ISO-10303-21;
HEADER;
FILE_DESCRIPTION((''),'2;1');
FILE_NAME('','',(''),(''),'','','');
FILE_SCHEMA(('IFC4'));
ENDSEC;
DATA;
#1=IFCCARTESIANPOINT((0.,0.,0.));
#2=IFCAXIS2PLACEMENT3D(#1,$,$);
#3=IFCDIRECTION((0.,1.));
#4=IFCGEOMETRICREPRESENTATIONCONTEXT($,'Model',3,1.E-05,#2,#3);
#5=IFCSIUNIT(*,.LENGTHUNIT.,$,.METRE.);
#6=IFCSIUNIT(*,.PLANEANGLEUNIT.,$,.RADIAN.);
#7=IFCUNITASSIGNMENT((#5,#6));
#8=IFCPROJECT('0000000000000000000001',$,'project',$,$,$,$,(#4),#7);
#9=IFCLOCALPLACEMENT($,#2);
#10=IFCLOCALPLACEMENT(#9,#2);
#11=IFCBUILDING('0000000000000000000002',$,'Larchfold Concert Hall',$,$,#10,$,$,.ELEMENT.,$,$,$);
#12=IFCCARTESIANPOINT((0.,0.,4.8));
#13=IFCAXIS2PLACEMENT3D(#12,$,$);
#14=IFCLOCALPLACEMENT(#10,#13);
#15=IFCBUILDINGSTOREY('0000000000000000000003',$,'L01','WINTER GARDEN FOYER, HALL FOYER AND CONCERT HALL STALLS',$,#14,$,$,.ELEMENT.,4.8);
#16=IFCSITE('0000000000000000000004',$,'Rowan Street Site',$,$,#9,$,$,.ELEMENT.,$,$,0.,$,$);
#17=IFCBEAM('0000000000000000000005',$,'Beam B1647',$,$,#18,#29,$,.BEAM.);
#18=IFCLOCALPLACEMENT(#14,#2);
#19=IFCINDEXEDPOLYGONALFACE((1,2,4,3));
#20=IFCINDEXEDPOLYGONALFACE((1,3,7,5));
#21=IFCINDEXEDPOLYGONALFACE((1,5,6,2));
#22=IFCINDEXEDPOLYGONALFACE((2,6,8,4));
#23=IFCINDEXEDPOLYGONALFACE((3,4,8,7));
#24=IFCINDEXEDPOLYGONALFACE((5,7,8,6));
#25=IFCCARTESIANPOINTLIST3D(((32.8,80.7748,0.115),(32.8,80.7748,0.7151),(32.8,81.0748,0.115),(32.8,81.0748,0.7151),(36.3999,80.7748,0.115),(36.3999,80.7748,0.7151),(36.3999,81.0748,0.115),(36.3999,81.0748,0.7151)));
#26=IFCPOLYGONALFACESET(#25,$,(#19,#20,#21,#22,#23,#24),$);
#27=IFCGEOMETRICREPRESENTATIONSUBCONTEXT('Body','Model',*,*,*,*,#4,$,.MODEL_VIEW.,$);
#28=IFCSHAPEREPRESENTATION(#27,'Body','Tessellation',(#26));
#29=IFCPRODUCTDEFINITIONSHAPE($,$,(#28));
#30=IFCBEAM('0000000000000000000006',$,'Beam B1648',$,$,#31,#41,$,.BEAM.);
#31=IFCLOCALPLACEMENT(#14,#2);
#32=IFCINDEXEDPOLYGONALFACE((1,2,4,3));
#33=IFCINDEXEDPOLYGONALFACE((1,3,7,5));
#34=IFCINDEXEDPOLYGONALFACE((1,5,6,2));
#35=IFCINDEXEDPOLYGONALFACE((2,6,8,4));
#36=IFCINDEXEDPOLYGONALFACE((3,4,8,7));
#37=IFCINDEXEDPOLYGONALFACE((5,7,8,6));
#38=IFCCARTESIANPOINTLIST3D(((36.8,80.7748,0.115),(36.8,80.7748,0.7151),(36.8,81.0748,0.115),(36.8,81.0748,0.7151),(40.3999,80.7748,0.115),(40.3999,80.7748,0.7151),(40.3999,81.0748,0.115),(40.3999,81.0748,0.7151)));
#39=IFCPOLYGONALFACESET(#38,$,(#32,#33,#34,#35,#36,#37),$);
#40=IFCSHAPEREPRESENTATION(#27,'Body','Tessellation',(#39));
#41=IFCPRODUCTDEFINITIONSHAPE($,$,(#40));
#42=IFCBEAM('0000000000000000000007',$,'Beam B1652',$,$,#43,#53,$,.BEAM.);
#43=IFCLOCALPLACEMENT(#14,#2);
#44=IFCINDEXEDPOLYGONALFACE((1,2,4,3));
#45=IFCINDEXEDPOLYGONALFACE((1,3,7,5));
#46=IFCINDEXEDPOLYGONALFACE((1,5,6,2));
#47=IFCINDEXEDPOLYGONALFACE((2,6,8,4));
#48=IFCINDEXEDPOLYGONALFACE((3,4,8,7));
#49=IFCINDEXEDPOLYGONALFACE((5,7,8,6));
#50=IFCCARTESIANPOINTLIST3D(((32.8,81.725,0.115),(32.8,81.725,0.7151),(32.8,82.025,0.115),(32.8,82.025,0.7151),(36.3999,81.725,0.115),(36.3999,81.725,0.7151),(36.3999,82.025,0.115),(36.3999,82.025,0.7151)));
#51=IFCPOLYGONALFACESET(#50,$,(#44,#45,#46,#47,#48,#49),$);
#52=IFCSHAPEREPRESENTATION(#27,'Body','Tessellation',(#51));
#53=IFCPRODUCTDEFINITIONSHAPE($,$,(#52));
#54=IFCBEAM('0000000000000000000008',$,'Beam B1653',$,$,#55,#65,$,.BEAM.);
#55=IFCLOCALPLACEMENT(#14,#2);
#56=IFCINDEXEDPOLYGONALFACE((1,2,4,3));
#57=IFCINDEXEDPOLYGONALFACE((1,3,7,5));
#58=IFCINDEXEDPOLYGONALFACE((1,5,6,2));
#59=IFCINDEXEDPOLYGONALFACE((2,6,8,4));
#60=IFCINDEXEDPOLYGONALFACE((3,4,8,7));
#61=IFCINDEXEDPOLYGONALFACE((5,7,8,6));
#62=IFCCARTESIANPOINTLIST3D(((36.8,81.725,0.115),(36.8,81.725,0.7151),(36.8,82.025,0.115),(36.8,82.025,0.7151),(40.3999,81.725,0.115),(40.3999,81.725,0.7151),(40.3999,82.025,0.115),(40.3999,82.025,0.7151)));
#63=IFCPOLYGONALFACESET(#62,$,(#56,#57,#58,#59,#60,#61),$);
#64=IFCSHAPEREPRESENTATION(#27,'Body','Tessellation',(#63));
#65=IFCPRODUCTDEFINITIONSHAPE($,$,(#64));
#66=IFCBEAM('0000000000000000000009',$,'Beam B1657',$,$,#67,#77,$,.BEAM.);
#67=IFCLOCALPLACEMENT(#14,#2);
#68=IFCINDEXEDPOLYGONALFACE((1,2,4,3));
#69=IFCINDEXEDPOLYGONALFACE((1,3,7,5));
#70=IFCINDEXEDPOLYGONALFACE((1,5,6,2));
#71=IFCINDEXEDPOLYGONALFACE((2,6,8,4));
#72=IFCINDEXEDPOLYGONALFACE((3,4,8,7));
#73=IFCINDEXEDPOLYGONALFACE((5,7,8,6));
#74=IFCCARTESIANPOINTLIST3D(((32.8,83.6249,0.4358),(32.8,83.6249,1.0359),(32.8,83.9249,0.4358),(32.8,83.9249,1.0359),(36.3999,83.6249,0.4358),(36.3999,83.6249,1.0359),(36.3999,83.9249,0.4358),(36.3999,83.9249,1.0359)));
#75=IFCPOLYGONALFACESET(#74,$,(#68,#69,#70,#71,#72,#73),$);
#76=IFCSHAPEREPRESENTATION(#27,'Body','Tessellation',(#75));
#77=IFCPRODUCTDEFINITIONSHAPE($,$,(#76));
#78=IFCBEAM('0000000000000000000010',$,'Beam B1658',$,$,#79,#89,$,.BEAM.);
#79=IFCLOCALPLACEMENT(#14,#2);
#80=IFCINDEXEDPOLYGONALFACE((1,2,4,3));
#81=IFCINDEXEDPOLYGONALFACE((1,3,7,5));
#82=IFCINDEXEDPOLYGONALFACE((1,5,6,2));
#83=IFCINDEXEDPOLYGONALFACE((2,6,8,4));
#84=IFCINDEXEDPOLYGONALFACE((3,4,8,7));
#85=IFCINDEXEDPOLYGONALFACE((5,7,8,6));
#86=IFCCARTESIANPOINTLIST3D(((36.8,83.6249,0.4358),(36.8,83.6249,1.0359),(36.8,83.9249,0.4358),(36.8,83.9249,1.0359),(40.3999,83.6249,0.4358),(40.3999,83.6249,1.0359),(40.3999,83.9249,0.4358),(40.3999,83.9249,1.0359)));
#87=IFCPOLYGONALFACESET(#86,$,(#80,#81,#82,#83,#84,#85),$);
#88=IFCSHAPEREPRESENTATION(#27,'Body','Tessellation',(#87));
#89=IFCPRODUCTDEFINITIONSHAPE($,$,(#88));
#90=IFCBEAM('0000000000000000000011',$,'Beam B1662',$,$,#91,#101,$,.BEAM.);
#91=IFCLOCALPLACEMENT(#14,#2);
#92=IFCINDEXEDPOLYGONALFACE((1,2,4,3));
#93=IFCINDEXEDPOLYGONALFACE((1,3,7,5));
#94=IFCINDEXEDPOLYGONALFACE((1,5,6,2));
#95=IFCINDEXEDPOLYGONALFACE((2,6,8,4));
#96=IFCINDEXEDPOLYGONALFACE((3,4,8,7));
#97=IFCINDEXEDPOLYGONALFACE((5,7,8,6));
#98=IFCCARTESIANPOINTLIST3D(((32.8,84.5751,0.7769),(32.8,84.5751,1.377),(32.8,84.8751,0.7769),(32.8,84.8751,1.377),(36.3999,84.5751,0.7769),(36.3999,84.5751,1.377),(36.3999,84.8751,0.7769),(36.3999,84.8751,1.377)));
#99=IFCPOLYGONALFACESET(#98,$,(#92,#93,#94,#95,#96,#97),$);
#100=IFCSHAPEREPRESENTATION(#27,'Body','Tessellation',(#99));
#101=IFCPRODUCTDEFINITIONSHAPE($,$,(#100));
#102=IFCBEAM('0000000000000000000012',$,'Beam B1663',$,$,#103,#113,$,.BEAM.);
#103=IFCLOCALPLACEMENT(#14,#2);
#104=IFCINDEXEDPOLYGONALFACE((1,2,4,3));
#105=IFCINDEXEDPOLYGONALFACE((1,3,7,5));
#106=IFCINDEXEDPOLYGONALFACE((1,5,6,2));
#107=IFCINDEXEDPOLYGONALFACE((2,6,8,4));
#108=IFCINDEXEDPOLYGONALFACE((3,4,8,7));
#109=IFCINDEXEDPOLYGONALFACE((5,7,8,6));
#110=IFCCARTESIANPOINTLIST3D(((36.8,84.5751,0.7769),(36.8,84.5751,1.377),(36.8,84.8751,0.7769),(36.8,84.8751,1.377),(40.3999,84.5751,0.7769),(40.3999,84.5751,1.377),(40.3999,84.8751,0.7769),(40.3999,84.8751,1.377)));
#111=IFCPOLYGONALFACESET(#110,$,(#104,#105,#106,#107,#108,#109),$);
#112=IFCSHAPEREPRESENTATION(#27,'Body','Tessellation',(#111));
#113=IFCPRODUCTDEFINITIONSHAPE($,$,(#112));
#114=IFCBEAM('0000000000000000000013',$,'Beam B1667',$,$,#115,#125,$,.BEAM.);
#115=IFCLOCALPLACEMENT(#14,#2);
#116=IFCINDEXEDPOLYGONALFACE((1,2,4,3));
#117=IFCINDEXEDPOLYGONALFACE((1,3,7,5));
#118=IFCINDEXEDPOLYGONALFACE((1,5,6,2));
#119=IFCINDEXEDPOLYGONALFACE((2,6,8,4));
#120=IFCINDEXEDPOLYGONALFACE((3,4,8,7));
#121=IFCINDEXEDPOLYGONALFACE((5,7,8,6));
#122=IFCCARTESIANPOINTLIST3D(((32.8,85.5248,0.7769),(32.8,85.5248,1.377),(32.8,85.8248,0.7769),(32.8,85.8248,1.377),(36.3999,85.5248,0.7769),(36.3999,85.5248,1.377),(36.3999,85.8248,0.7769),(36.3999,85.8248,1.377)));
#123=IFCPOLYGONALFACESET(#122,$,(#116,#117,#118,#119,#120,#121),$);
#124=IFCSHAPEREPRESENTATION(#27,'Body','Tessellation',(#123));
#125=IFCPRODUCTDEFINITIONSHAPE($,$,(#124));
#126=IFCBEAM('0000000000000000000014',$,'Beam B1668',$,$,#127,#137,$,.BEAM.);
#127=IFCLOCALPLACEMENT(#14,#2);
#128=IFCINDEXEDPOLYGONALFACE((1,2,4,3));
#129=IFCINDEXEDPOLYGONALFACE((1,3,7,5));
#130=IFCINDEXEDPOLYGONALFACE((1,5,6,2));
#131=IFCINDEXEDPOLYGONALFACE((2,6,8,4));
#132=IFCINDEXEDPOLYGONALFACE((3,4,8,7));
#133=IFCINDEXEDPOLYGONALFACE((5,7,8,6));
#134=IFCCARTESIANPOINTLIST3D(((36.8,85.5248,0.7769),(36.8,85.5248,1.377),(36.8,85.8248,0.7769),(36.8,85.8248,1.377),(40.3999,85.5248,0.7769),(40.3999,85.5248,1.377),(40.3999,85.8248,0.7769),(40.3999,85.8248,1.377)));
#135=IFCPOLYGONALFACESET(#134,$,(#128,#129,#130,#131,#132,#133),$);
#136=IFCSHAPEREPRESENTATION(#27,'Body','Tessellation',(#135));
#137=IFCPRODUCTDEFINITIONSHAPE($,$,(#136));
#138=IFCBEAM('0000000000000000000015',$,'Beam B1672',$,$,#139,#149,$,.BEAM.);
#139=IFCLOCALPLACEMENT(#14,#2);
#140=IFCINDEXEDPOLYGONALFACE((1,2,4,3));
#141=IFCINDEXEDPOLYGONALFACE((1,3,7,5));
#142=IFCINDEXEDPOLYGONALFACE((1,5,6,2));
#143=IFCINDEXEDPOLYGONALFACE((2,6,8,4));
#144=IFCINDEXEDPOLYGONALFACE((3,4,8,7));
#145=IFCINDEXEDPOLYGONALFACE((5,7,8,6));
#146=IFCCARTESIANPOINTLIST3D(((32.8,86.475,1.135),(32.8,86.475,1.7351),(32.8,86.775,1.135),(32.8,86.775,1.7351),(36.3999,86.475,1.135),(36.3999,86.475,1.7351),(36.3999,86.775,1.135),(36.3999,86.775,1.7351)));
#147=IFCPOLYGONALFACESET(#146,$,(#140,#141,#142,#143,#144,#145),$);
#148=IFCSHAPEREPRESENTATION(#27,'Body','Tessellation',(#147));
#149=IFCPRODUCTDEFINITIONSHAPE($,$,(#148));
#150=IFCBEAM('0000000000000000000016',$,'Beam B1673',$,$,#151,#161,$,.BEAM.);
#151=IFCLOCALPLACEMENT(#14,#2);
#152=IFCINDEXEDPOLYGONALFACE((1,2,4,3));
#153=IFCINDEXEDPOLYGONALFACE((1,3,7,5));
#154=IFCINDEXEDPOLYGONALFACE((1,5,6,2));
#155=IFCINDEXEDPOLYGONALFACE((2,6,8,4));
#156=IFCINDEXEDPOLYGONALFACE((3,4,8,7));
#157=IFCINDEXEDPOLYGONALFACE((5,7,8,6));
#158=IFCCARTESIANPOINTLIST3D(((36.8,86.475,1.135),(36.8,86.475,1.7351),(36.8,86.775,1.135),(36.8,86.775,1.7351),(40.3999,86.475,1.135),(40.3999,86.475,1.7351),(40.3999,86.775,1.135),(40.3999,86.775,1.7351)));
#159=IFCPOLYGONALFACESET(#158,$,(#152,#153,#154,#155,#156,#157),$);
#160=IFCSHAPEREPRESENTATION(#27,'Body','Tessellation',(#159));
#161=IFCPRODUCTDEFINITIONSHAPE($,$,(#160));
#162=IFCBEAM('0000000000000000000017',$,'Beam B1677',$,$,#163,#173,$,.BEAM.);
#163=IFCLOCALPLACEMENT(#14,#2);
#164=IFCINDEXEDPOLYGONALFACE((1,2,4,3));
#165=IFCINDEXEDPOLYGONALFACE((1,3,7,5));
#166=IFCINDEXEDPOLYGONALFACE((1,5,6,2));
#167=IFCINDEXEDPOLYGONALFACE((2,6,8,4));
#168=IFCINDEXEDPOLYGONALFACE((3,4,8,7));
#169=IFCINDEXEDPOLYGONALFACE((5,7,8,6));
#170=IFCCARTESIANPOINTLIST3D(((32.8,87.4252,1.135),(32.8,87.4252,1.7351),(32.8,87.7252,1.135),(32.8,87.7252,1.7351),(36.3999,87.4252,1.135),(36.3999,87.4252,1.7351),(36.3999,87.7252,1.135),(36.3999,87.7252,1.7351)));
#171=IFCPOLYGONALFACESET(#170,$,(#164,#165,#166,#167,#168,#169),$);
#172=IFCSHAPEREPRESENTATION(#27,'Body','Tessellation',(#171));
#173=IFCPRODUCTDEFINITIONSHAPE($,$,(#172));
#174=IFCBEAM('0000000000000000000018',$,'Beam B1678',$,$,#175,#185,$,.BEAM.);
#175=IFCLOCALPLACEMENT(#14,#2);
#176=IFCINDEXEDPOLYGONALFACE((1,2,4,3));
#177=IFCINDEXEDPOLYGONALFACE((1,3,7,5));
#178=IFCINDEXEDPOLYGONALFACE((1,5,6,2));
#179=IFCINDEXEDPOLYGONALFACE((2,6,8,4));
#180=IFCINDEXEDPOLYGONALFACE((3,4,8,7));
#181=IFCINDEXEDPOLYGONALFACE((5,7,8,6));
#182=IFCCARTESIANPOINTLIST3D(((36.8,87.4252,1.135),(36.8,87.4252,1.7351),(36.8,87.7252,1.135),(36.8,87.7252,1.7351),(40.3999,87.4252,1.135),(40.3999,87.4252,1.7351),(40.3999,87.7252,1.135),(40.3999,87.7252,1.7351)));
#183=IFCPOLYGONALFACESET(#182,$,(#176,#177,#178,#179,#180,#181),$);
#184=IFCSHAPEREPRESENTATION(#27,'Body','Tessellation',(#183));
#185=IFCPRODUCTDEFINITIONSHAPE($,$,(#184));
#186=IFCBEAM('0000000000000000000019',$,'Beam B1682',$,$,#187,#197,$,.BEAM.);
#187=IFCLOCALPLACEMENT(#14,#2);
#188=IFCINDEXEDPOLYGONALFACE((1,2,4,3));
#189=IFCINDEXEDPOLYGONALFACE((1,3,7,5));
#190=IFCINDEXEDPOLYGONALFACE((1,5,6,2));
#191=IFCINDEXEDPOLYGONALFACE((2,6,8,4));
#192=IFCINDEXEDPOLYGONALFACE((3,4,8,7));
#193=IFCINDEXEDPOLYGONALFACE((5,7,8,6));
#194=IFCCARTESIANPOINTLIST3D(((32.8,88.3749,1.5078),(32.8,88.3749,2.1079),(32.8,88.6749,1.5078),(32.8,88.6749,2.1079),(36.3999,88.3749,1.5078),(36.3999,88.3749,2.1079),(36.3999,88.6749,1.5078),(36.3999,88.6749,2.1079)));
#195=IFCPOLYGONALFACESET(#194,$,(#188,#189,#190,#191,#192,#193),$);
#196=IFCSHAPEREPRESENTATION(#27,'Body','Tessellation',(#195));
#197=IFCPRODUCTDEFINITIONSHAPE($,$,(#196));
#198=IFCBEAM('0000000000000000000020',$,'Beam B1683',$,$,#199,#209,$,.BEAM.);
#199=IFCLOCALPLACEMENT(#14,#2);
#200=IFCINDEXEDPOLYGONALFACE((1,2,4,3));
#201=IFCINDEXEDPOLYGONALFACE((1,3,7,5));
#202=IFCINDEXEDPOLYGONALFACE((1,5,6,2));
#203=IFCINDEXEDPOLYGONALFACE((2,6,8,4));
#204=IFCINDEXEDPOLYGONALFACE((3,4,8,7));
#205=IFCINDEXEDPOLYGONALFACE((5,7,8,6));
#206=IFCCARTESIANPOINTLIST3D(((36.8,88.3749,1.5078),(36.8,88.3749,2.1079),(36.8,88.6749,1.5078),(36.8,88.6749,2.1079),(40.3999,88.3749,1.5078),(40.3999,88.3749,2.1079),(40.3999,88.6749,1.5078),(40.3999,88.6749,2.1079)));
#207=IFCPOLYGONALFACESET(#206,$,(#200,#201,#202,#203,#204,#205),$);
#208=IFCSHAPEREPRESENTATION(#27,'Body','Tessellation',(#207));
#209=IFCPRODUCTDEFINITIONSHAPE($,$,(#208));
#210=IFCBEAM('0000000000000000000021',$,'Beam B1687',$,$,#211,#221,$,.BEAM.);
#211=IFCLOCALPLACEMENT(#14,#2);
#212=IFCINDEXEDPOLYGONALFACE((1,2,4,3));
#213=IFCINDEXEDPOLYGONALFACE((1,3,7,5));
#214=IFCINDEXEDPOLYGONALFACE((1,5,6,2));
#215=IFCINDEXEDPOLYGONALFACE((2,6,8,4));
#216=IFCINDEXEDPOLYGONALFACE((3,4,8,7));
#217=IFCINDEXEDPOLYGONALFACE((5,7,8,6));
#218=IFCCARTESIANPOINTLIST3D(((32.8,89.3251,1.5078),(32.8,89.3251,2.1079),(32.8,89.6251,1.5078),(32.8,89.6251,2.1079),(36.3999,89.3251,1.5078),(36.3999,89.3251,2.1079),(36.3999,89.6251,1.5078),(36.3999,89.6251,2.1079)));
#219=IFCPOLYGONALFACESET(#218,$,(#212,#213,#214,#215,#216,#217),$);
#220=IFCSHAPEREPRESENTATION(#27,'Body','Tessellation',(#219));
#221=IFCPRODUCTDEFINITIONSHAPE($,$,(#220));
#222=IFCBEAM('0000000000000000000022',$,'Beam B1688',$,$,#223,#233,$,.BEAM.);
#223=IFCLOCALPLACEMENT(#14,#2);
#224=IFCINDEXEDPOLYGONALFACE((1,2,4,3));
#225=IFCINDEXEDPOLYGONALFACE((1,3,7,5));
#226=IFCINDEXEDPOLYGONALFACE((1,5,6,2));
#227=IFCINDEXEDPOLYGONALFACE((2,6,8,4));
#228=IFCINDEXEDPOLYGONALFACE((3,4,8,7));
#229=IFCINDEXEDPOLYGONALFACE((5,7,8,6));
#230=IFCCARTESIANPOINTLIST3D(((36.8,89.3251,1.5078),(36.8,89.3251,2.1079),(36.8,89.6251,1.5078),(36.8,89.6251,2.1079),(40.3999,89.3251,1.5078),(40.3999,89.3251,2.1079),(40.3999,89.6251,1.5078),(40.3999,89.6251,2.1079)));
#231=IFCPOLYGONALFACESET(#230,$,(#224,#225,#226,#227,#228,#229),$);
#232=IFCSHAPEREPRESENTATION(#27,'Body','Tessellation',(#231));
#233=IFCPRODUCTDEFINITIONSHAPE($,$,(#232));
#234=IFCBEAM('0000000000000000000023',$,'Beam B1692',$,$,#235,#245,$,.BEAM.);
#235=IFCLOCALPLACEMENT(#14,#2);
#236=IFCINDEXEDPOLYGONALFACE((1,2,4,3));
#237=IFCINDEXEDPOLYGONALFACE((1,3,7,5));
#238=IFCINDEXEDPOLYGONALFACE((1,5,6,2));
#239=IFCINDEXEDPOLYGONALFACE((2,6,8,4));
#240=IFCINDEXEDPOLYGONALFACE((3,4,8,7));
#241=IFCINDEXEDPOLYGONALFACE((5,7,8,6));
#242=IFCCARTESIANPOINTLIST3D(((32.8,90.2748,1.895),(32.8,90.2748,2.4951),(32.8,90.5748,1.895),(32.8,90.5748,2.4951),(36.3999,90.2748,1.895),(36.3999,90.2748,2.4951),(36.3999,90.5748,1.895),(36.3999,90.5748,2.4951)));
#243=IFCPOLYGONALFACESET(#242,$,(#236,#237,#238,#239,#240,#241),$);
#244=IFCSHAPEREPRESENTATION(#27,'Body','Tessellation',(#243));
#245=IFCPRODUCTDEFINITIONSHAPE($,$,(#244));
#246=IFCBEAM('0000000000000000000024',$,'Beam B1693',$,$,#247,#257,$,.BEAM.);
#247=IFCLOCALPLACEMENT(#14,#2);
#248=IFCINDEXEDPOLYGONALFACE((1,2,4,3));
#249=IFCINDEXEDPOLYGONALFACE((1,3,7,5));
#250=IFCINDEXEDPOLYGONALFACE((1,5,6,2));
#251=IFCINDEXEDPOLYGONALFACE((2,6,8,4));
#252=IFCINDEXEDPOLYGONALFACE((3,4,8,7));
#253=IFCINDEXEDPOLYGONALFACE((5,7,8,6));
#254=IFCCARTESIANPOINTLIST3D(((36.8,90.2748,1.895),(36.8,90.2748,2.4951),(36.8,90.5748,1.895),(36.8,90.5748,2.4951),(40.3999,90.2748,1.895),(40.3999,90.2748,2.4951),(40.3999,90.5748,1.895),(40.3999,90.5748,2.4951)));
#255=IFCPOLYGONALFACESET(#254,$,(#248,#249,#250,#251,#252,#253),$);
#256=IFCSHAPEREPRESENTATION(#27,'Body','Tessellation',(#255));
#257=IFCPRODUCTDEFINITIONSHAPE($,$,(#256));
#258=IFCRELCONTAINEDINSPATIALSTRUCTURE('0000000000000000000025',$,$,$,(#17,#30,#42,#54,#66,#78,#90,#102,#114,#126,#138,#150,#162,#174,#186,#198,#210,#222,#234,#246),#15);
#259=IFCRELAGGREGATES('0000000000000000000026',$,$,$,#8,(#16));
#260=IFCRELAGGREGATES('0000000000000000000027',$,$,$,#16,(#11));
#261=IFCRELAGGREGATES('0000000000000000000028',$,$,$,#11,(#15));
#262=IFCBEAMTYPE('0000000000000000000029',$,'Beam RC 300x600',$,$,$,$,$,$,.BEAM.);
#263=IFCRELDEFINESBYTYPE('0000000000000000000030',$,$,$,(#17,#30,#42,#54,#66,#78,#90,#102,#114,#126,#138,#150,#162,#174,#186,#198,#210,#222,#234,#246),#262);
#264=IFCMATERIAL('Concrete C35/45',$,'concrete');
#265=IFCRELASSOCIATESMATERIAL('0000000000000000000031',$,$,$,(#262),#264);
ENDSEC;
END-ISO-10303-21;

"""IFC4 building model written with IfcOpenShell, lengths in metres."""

from ifc_helpers import new_model, si_unit, direction, frame, origin, origin_2d, place, context, subcontext, project, spatial, rectangle, extrude, material, material_profile, profile_set, type_object, element, save


model = new_model("IFC4")

# Units and contexts
model_context = context("Model", 3, precision=1e-05, world=origin(), true_north=direction((0.0, 1.0)))
body_context = subcontext(model_context, "Body", "Model", "MODEL_VIEW")
ifc_project = project(units=[si_unit("LENGTHUNIT", "METRE"), si_unit("PLANEANGLEUNIT", "RADIAN")], contexts=[model_context])

# Site, building, storey
site_placement = place(None, origin())
site = spatial("IfcSite", under=ifc_project, at=site_placement, Name="Rowan Street Site", CompositionType="ELEMENT", RefElevation=0.0)
building_placement = place(site_placement, origin())
building = spatial("IfcBuilding", under=site, at=building_placement, Name="Larchfold Concert Hall", CompositionType="ELEMENT")
storey_placement = place(building_placement, frame((0.0, 0.0, 4.8)))
storey = spatial("IfcBuildingStorey", under=building, at=storey_placement, Name="L01", Description="WINTER GARDEN FOYER, HALL FOYER AND CONCERT HALL STALLS", CompositionType="ELEMENT", Elevation=4.8)

# Beams
ifc_material_1 = material(Name="Concrete C35/45", Category="concrete")
ifc_material_profile_1 = material_profile(ifc_material_1, rectangle(XDim=0.3, YDim=0.6001, at=origin_2d()))
ifc_profile_set_1 = profile_set([ifc_material_profile_1], Name="Concrete C35/45")
beam_type_1 = type_object("IfcBeamType", Name="Beam RC 300x600", PredefinedType="BEAM", material=ifc_profile_set_1)
for number, where, z_axis, x_axis, name in (
    (1, (32.8, 80.9248, 0.415), (1.0, 0.0, 0.0), (0.0, 1.0, 0.0), "Beam B1647"),
    (2, (36.8, 80.9248, 0.415), (1.0, 0.0, 0.0), (0.0, 1.0, 0.0), "Beam B1648"),
    (3, (32.8, 81.875, 0.415), (1.0, 0.0, 0.0), (0.0, 1.0, 0.0), "Beam B1652"),
    (4, (36.8, 81.875, 0.415), (1.0, 0.0, 0.0), (0.0, 1.0, 0.0), "Beam B1653"),
    (5, (32.8, 83.7749, 0.7358), (1.0, 0.0, 0.0), (0.0, 1.0, 0.0), "Beam B1657"),
    (6, (36.8, 83.7749, 0.7358), (1.0, 0.0, 0.0), (0.0, 1.0, 0.0), "Beam B1658"),
    (7, (32.8, 84.7251, 1.0769), (1.0, 0.0, 0.0), (0.0, 1.0, 0.0), "Beam B1662"),
    (8, (36.8, 84.7251, 1.0769), (1.0, 0.0, 0.0), (0.0, 1.0, 0.0), "Beam B1663"),
    (9, (32.8, 85.6748, 1.0769), (1.0, 0.0, 0.0), (0.0, 1.0, 0.0), "Beam B1667"),
    (10, (36.8, 85.6748, 1.0769), (1.0, 0.0, 0.0), (0.0, 1.0, 0.0), "Beam B1668"),
    (11, (32.8, 86.625, 1.4351), (1.0, 0.0, 0.0), (0.0, 1.0, 0.0), "Beam B1672"),
    (12, (36.8, 86.625, 1.4351), (1.0, 0.0, 0.0), (0.0, 1.0, 0.0), "Beam B1673"),
    (13, (32.8, 87.5752, 1.4351), (1.0, 0.0, 0.0), (0.0, 1.0, 0.0), "Beam B1677"),
    (14, (36.8, 87.5752, 1.4351), (1.0, 0.0, 0.0), (0.0, 1.0, 0.0), "Beam B1678"),
    (15, (32.8, 88.5249, 1.8079), (1.0, 0.0, 0.0), (0.0, 1.0, 0.0), "Beam B1682"),
    (16, (36.8, 88.5249, 1.8079), (1.0, 0.0, 0.0), (0.0, 1.0, 0.0), "Beam B1683"),
    (17, (32.8, 89.4751, 1.8079), (1.0, 0.0, 0.0), (0.0, 1.0, 0.0), "Beam B1687"),
    (18, (36.8, 89.4751, 1.8079), (1.0, 0.0, 0.0), (0.0, 1.0, 0.0), "Beam B1688"),
    (19, (32.8, 90.4248, 2.1951), (1.0, 0.0, 0.0), (0.0, 1.0, 0.0), "Beam B1692"),
    (20, (36.8, 90.4248, 2.1951), (1.0, 0.0, 0.0), (0.0, 1.0, 0.0), "Beam B1693"),
):
    element("IfcBeam", number, at=place(storey_placement, frame(where, z_axis=z_axis, x_axis=x_axis)), inside=storey, type_object=beam_type_1, Name=name, PredefinedType="BEAM", context=body_context, shape_type="SweptSolid", body=[
        extrude(rectangle(XDim=0.3, YDim=0.6001, at=origin_2d()), origin(), (0.0, 0.0, 1.0), 3.5999),
    ])

save(model, "model.ifc")
